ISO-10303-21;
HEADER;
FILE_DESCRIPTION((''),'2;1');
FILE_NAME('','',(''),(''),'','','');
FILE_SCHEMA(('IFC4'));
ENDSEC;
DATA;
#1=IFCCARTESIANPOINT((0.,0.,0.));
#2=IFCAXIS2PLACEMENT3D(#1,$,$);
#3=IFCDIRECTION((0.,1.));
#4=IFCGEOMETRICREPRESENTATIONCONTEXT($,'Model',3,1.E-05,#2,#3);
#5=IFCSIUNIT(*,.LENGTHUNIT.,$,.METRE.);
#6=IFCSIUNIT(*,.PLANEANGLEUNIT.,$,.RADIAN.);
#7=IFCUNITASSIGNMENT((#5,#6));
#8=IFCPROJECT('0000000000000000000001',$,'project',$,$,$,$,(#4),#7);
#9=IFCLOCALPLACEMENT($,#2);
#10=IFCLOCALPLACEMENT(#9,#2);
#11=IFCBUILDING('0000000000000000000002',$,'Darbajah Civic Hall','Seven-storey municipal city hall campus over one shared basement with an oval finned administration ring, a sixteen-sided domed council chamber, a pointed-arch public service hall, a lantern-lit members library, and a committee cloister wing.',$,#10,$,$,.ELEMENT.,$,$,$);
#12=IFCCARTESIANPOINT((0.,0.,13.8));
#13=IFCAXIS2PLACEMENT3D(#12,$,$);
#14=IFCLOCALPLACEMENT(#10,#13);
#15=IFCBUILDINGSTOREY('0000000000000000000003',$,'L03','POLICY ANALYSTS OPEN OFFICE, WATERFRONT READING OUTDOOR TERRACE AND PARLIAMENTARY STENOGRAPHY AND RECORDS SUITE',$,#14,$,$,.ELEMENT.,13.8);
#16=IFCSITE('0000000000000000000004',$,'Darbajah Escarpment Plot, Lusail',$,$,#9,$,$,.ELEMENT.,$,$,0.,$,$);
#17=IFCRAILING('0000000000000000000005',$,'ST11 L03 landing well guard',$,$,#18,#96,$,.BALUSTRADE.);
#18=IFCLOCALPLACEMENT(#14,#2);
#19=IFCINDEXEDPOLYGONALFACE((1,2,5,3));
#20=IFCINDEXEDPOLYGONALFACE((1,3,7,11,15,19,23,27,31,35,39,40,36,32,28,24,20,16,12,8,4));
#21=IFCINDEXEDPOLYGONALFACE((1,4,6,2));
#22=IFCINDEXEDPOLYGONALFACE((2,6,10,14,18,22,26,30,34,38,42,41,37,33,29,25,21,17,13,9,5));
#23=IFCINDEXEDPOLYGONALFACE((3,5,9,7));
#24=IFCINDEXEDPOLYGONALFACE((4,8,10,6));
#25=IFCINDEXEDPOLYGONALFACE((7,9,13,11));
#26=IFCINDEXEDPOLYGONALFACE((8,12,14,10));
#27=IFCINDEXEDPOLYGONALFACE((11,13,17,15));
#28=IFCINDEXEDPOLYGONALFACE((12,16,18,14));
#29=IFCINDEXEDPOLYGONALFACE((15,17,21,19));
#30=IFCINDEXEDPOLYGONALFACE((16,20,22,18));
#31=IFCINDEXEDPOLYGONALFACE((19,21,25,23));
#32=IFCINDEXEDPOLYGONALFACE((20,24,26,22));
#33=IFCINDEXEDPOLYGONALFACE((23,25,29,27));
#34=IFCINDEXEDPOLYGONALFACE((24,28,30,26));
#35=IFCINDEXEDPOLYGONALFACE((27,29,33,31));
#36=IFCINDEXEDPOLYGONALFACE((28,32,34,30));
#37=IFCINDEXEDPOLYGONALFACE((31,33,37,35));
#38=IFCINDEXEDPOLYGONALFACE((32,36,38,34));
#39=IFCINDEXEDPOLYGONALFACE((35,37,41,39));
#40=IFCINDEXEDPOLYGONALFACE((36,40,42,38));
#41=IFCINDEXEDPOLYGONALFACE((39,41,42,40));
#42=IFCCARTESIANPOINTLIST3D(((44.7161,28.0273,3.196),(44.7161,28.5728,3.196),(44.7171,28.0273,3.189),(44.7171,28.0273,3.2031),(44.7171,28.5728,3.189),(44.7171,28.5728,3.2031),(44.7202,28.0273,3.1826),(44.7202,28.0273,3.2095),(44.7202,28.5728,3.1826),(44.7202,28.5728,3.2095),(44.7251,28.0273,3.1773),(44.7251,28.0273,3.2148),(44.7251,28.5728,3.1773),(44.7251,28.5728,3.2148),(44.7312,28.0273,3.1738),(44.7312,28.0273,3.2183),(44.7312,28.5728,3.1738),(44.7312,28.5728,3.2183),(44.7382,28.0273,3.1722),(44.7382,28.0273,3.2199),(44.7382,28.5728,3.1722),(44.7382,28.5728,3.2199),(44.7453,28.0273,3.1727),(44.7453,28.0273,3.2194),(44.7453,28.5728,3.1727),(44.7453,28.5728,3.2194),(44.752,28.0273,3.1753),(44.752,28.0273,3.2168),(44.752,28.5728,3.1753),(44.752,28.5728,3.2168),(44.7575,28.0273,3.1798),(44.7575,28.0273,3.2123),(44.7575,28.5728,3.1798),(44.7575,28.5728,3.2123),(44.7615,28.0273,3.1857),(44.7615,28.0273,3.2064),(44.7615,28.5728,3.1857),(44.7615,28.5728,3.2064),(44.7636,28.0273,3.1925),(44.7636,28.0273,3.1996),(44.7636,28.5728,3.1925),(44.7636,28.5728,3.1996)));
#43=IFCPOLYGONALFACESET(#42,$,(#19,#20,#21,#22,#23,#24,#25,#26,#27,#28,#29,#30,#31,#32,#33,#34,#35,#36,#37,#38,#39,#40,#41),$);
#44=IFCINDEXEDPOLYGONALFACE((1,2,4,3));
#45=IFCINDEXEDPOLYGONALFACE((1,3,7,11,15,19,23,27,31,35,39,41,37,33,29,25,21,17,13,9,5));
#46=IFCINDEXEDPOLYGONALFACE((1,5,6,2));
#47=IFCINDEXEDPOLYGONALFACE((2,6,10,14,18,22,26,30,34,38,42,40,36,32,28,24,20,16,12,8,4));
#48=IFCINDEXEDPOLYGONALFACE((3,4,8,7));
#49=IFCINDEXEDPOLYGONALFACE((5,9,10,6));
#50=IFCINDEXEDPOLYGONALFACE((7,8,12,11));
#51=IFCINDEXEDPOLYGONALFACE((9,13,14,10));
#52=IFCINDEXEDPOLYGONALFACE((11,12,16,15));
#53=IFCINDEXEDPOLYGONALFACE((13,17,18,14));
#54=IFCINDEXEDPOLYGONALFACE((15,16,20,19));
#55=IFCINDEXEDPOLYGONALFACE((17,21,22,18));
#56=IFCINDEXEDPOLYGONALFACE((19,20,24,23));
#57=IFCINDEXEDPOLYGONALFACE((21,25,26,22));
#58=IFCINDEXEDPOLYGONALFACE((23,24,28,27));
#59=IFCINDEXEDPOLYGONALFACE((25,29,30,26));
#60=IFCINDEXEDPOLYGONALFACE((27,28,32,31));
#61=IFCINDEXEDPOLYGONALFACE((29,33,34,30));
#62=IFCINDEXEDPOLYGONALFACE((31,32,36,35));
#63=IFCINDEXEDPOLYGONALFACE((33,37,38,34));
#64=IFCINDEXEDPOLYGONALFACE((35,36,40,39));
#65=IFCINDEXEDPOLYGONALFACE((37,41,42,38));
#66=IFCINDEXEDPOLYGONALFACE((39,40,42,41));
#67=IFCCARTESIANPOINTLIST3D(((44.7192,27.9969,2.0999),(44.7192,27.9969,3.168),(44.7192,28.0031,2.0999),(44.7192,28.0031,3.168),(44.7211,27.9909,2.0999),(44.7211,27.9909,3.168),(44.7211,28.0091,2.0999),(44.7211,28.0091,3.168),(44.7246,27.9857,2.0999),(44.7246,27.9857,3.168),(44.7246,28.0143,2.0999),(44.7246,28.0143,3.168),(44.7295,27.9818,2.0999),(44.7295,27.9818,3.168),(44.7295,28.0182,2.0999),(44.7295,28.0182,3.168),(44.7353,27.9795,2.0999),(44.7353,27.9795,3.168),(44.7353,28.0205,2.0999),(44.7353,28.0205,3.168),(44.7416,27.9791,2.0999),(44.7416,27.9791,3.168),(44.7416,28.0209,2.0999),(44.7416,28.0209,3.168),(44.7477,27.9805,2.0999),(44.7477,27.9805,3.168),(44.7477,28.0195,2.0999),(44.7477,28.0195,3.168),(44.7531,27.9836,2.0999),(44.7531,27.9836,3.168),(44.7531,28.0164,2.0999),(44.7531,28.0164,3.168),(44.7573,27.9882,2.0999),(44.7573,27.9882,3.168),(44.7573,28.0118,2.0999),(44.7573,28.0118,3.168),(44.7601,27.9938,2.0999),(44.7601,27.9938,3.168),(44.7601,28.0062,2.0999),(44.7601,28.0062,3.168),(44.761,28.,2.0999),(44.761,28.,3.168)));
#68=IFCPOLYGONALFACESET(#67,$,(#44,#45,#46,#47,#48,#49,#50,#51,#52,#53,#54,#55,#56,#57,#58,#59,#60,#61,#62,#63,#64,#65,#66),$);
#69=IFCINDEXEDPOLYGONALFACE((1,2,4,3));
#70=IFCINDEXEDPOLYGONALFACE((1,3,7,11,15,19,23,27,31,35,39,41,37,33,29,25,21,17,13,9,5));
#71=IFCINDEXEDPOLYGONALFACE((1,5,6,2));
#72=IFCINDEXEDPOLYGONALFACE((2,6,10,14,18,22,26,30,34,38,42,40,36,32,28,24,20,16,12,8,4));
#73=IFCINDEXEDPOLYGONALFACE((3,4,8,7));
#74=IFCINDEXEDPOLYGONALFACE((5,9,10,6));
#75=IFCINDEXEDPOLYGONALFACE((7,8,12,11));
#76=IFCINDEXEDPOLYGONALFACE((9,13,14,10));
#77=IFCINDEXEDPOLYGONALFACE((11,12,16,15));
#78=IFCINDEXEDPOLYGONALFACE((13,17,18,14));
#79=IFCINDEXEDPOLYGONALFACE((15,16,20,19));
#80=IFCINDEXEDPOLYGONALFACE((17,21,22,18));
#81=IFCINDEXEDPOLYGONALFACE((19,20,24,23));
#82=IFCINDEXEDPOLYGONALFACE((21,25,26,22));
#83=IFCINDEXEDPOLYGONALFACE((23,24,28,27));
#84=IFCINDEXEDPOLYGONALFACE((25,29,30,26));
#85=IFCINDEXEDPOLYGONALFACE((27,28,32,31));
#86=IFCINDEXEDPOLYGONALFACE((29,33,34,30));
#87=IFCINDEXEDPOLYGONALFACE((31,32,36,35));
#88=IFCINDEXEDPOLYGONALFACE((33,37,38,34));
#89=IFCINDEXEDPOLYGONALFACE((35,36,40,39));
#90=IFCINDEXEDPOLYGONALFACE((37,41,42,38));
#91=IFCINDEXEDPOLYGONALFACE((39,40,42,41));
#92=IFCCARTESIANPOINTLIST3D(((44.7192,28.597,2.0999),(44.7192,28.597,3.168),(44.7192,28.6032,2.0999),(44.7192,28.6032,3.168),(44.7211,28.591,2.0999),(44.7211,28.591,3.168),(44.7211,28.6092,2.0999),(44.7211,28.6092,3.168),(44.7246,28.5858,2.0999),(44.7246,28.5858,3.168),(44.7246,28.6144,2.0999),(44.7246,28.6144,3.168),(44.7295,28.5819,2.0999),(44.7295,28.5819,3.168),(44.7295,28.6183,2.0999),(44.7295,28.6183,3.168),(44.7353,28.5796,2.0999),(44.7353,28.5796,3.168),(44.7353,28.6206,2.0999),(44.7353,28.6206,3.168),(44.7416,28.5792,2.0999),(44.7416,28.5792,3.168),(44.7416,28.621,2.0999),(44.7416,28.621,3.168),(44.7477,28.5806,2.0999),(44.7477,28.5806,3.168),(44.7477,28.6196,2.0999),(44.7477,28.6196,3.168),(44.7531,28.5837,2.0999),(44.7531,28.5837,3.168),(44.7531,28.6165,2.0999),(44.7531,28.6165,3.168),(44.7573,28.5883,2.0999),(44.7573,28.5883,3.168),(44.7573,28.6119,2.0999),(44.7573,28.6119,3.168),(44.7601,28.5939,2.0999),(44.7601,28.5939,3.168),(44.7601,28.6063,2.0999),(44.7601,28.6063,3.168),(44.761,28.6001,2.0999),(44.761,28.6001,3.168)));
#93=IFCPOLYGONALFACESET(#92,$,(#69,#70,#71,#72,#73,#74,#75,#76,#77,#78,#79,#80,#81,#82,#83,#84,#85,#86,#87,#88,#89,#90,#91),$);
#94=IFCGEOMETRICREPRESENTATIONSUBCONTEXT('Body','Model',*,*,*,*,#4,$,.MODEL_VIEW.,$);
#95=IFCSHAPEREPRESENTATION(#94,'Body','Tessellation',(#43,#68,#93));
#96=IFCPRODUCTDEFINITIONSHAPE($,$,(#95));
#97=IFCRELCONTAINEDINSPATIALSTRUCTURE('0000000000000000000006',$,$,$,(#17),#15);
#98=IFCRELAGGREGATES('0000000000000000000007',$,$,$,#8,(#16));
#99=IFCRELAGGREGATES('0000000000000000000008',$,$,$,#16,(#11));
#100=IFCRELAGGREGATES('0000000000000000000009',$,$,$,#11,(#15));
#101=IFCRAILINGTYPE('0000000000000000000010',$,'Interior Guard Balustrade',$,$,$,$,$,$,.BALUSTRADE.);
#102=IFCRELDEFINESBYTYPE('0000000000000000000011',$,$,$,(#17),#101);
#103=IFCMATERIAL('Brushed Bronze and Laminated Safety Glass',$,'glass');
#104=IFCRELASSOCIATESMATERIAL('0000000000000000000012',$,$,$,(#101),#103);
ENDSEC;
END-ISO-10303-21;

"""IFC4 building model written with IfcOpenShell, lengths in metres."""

from ifc_helpers import new_model, si_unit, direction, frame, origin, origin_2d, place, context, subcontext, project, spatial, circle, extrude, material, type_object, element, save


model = new_model("IFC4")

# Units and contexts
model_context = context("Model", 3, precision=1e-05, world=origin(), true_north=direction((0.0, 1.0)))
body_context = subcontext(model_context, "Body", "Model", "MODEL_VIEW")
ifc_project = project(units=[si_unit("LENGTHUNIT", "METRE"), si_unit("PLANEANGLEUNIT", "RADIAN")], contexts=[model_context])

# Site, building, storey
site_placement = place(None, origin())
site = spatial("IfcSite", under=ifc_project, at=site_placement, Name="Darbajah Escarpment Plot, Lusail", CompositionType="ELEMENT", RefElevation=0.0)
building_placement = place(site_placement, origin())
building = spatial("IfcBuilding", under=site, at=building_placement, Name="Darbajah Civic Hall", Description="Seven-storey municipal city hall campus over one shared basement with an oval finned administration ring, a sixteen-sided domed council chamber, a pointed-arch public service hall, a lantern-lit members library, and a committee cloister wing.", CompositionType="ELEMENT")
storey_placement = place(building_placement, frame((0.0, 0.0, 13.8)))
storey = spatial("IfcBuildingStorey", under=building, at=storey_placement, Name="L03", Description="POLICY ANALYSTS OPEN OFFICE, WATERFRONT READING OUTDOOR TERRACE AND PARLIAMENTARY STENOGRAPHY AND RECORDS SUITE", CompositionType="ELEMENT", Elevation=13.8)

# Railing
ifc_material_1 = material(Name="Brushed Bronze and Laminated Safety Glass", Category="glass")
railing_type_1 = type_object("IfcRailingType", Name="Interior Guard Balustrade", PredefinedType="BALUSTRADE", material=ifc_material_1)
railing_1_placement = place(storey_placement, frame((44.74, 28.0, 2.0999)))
element("IfcRailing", 1, at=railing_1_placement, inside=storey, type_object=railing_type_1, Name="ST11 L03 landing well guard", PredefinedType="BALUSTRADE", context=body_context, shape_type="SweptSolid", body=[
    extrude(circle(Radius=0.0239, at=origin_2d()), frame((0.0, 0.0273, 1.0962), z_axis=(0.0, 1.0, 0.0), x_axis=(-1.0, 0.0, 0.0)), (0.0, 0.0, 1.0), 0.5454),
    extrude(circle(Radius=0.021, at=origin_2d()), origin(), (0.0, 0.0, 1.0), 1.0681),
    extrude(circle(Radius=0.021, at=origin_2d()), frame((0.0, 0.6001, 0.0)), (0.0, 0.0, 1.0), 1.0681),
])

save(model, "model.ifc")
